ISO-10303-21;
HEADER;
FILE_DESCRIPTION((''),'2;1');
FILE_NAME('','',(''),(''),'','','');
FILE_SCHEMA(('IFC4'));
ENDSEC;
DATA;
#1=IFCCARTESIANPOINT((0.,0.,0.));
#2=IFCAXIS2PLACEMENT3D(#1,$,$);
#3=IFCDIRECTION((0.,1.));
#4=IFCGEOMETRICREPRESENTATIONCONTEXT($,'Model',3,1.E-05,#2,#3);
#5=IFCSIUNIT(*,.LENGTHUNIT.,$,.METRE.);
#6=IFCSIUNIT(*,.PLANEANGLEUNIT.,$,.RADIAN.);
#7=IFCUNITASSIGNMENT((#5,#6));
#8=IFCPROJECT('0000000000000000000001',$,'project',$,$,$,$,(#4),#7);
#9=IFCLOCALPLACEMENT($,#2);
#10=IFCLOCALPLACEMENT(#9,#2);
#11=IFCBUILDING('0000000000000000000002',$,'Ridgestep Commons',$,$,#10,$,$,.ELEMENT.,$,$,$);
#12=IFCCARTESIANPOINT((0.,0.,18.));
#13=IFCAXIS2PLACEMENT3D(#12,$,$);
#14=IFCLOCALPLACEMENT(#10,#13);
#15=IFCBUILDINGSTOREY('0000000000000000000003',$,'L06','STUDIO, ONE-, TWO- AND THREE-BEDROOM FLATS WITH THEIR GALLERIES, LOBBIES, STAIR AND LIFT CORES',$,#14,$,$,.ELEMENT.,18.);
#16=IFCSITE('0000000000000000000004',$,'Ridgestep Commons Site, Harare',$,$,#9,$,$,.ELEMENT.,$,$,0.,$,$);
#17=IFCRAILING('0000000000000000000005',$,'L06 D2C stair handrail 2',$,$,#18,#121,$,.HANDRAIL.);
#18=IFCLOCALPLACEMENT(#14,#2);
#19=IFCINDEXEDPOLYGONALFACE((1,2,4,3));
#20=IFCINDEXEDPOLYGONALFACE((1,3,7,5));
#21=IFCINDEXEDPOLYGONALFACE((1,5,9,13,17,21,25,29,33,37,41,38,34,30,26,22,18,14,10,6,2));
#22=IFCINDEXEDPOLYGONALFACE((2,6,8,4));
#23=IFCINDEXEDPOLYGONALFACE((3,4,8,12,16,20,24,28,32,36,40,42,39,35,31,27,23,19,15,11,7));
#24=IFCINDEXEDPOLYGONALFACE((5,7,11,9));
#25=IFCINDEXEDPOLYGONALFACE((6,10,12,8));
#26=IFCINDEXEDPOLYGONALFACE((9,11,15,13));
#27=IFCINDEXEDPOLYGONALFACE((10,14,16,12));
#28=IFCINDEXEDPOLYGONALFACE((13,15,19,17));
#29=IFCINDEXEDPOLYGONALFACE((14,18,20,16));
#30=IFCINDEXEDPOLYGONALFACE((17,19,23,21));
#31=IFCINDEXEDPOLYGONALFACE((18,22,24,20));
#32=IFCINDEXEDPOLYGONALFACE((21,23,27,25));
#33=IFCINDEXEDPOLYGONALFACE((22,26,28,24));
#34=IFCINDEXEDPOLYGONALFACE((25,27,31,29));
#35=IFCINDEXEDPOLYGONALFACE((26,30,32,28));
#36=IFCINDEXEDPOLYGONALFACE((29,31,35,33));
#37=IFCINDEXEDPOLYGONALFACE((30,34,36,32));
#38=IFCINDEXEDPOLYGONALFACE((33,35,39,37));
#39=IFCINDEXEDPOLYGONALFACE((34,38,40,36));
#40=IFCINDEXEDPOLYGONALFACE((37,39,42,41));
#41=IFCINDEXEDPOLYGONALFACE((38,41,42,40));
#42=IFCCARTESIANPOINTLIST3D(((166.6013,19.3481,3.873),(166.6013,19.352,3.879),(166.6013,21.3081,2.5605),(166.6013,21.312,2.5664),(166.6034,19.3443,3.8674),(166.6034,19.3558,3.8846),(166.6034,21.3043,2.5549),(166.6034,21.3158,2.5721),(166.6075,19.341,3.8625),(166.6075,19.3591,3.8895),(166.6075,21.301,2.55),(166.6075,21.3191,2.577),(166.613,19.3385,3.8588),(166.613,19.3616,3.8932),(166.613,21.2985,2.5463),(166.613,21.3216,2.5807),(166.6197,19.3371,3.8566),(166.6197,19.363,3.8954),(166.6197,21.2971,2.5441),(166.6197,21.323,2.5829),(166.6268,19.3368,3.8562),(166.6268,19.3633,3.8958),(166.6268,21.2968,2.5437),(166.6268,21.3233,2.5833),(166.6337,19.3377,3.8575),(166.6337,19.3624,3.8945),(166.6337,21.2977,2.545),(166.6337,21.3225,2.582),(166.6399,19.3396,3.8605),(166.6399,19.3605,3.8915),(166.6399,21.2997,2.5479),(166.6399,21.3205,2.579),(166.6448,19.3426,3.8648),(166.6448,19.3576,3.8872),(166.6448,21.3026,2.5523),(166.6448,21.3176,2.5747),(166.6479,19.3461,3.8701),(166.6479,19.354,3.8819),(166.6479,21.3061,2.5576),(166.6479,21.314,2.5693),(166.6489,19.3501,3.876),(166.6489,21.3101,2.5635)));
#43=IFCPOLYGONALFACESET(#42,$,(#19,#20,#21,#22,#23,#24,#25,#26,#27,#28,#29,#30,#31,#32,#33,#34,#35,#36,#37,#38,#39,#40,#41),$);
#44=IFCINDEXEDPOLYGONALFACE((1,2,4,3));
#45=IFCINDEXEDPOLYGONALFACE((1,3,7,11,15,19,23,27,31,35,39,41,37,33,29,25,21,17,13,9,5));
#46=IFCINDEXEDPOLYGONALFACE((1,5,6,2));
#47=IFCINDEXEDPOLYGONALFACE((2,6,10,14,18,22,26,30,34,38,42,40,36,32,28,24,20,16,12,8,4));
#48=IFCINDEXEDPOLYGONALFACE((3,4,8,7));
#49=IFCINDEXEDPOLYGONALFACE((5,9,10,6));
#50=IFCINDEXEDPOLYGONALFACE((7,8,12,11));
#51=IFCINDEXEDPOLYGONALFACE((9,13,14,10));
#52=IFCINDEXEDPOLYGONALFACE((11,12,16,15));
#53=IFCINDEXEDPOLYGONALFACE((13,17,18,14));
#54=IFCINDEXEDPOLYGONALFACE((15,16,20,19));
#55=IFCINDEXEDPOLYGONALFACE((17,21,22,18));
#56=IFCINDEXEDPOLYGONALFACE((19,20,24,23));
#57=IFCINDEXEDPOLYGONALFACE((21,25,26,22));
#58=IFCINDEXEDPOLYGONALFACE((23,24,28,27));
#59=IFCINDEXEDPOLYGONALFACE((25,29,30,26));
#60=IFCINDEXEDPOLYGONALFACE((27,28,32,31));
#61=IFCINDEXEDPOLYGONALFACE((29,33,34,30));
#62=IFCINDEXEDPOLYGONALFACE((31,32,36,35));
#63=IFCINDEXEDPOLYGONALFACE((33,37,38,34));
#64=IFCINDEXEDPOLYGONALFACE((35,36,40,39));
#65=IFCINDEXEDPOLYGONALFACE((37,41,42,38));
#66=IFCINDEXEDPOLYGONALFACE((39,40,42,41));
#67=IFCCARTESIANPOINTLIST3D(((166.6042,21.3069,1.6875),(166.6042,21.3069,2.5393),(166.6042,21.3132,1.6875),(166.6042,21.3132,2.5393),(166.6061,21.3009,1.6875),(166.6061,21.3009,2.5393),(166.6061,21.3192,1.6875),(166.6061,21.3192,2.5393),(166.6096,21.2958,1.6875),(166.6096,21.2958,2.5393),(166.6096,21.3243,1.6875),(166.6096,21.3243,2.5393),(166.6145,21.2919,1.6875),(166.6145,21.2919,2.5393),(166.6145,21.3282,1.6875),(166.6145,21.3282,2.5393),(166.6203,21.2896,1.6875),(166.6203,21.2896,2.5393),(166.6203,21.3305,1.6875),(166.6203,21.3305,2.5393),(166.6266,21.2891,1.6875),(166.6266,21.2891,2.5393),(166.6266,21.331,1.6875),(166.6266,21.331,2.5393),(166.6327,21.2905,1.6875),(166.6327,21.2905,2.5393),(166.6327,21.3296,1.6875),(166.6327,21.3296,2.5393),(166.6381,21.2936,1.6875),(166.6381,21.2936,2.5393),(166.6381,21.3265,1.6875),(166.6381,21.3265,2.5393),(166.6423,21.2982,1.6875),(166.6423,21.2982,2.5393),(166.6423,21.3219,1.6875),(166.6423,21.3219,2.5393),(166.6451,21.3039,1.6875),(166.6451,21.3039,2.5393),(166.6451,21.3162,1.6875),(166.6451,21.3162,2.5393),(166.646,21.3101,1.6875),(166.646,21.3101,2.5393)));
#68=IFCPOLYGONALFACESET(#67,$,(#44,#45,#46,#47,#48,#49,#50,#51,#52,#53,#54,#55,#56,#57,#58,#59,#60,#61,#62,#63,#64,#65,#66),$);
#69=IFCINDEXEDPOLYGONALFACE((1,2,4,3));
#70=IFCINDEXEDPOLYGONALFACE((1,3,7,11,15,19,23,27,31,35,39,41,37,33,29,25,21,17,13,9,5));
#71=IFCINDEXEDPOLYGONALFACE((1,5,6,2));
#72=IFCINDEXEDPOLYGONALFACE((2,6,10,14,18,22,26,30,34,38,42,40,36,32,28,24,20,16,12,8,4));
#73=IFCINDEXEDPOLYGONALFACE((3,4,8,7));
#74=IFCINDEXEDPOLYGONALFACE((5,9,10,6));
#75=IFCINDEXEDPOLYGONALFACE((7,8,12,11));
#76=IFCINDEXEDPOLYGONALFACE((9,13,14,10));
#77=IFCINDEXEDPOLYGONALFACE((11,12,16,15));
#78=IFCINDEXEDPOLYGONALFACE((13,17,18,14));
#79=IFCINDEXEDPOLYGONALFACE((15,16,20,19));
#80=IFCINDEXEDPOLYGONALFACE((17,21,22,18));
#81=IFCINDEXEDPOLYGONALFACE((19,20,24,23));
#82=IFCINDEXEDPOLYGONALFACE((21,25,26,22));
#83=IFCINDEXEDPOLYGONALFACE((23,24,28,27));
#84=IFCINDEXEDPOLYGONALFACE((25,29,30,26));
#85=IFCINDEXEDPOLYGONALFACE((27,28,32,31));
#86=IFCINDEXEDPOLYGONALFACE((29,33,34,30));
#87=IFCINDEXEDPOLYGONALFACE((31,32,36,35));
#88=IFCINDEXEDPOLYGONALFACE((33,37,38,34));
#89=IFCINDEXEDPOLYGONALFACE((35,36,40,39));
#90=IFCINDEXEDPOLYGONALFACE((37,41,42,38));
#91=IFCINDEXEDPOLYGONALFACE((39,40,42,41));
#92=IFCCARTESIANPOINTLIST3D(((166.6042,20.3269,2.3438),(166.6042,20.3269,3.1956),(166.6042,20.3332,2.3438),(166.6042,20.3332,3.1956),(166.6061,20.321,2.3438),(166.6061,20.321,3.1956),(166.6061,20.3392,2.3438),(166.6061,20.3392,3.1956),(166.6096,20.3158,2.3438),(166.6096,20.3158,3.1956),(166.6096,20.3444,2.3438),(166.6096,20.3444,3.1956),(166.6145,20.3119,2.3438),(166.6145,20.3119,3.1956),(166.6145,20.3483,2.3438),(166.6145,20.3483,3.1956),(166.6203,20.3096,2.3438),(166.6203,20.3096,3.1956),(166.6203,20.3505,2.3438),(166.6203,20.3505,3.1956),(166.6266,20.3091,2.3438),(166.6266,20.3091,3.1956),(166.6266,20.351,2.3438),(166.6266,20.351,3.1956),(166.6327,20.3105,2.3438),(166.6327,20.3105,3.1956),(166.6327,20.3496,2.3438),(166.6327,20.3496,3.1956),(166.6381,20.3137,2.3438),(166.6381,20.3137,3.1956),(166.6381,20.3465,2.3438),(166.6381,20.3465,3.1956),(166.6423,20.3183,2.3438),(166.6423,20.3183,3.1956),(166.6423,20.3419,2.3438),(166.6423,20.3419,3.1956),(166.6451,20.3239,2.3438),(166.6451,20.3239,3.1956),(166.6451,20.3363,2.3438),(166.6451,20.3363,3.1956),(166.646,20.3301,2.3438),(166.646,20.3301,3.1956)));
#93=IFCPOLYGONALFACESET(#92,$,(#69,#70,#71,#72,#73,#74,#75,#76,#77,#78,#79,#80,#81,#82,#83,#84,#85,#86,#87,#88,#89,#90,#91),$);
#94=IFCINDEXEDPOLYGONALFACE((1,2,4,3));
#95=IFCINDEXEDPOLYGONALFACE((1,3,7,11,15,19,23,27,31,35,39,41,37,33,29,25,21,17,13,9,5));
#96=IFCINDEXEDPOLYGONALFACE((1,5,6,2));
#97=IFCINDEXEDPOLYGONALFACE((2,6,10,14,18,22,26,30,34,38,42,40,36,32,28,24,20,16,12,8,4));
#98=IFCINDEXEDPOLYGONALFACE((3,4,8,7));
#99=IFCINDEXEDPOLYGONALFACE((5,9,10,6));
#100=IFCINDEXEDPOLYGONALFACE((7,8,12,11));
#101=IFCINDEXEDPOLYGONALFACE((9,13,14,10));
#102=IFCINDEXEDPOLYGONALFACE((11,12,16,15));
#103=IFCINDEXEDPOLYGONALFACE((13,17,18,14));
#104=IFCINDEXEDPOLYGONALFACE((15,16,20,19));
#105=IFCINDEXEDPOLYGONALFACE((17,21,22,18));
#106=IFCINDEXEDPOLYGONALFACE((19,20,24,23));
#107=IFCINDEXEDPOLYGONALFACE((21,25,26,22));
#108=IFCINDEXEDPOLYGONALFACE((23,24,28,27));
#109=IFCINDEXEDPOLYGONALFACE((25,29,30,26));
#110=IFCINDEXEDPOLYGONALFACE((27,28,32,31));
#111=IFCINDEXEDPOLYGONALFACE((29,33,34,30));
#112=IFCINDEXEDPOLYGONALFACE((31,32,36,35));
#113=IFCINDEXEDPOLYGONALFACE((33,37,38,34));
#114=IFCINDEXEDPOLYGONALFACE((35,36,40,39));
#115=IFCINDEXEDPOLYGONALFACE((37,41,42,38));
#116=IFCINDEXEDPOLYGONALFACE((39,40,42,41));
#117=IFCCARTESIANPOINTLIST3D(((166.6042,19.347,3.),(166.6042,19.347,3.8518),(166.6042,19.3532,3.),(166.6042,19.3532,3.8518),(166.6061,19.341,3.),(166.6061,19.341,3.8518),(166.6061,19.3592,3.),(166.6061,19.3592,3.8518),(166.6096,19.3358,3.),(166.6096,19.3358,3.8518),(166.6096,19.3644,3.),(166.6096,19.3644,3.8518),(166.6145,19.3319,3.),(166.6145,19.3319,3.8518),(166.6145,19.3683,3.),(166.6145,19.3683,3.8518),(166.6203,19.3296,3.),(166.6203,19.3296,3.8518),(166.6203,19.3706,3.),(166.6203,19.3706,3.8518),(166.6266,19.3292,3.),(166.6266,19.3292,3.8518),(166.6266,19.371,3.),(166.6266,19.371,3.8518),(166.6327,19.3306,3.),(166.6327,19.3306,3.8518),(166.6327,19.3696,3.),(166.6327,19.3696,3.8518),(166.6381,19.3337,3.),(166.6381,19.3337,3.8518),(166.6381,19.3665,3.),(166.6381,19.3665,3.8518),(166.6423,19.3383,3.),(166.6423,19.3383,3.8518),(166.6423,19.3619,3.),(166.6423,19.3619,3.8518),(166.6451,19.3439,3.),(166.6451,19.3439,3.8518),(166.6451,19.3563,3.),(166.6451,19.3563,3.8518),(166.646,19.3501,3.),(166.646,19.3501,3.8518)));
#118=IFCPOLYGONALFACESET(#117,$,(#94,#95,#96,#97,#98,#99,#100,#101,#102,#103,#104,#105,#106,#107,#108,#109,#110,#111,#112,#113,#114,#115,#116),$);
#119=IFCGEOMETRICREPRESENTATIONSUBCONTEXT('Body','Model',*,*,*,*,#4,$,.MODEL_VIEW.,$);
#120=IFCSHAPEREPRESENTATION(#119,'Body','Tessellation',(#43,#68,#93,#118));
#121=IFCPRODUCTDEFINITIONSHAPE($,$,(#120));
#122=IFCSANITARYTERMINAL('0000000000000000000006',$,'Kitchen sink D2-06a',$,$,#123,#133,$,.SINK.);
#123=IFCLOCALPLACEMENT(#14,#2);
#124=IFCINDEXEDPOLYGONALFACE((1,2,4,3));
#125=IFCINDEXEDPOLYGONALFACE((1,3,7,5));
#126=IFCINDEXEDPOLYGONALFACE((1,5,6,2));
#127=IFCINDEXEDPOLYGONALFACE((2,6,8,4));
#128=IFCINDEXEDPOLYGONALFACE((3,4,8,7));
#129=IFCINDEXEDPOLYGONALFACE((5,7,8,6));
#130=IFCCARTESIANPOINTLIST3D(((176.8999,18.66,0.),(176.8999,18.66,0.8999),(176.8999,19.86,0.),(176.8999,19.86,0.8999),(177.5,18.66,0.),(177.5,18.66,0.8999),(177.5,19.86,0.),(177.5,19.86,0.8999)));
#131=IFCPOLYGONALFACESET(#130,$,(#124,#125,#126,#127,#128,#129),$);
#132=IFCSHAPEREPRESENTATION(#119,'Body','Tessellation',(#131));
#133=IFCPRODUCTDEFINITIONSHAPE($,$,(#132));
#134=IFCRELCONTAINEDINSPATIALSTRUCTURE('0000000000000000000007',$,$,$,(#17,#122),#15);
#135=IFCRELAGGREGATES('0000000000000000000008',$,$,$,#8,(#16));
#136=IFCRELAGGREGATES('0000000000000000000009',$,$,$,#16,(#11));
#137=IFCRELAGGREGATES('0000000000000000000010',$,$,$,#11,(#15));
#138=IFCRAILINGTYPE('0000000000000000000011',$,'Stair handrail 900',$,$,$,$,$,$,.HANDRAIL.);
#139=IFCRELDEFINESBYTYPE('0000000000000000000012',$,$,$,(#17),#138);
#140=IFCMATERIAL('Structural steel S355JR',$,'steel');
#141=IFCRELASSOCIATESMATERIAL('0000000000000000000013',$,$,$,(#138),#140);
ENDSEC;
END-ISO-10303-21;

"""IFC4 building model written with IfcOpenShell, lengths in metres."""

from ifc_helpers import new_model, si_unit, direction, frame, origin, origin_2d, place, context, subcontext, project, spatial, rectangle, circle, extrude, material, type_object, element, save


model = new_model("IFC4")

# Units and contexts
model_context = context("Model", 3, precision=1e-05, world=origin(), true_north=direction((0.0, 1.0)))
body_context = subcontext(model_context, "Body", "Model", "MODEL_VIEW")
ifc_project = project(units=[si_unit("LENGTHUNIT", "METRE"), si_unit("PLANEANGLEUNIT", "RADIAN")], contexts=[model_context])

# Site, building, storey
site_placement = place(None, origin())
site = spatial("IfcSite", under=ifc_project, at=site_placement, Name="Ridgestep Commons Site, Harare", CompositionType="ELEMENT", RefElevation=0.0)
building_placement = place(site_placement, origin())
building = spatial("IfcBuilding", under=site, at=building_placement, Name="Ridgestep Commons", CompositionType="ELEMENT")
storey_placement = place(building_placement, frame((0.0, 0.0, 18.0)))
storey = spatial("IfcBuildingStorey", under=building, at=storey_placement, Name="L06", Description="STUDIO, ONE-, TWO- AND THREE-BEDROOM FLATS WITH THEIR GALLERIES, LOBBIES, STAIR AND LIFT CORES", CompositionType="ELEMENT", Elevation=18.0)

# Railing
ifc_material_1 = material(Name="Structural steel S355JR", Category="steel")
railing_type_1 = type_object("IfcRailingType", Name="Stair handrail 900", PredefinedType="HANDRAIL", material=ifc_material_1)
railing_1_placement = place(storey_placement, frame((166.625, 21.3101, 1.6875)))
element("IfcRailing", 1, at=railing_1_placement, inside=storey, type_object=railing_type_1, Name="L06 D2C stair handrail 2", PredefinedType="HANDRAIL", context=body_context, shape_type="SweptSolid", body=[
    extrude(circle(Radius=0.0239, at=origin_2d()), frame((0.0, 0.0, 0.876), z_axis=(0.0, -0.830902, 0.556419), x_axis=(1.0, 0.0, 0.0)), (0.0, 0.0, 1.0), 2.3589),
    extrude(circle(Radius=0.021, at=origin_2d()), origin(), (0.0, 0.0, 1.0), 0.8518),
    extrude(circle(Radius=0.021, at=origin_2d()), frame((0.0, -0.98, 0.6562)), (0.0, 0.0, 1.0), 0.8518),
    extrude(circle(Radius=0.021, at=origin_2d()), frame((0.0, -1.96, 1.3125)), (0.0, 0.0, 1.0), 0.8518),
])

# Sanitary terminal
sanitary_terminal_placement = place(storey_placement, frame((177.2, 19.26, 0.0), z_axis=(0.0, 0.0, 1.0), x_axis=(1.0, 0.0, 0.0)))
element("IfcSanitaryTerminal", 2, at=sanitary_terminal_placement, inside=storey, Name="Kitchen sink D2-06a", PredefinedType="SINK", context=body_context, shape_type="SweptSolid", body=[
    extrude(rectangle(XDim=0.6001, YDim=1.2, at=origin_2d()), origin(), (0.0, 0.0, 1.0), 0.8999),
])

save(model, "model.ifc")
